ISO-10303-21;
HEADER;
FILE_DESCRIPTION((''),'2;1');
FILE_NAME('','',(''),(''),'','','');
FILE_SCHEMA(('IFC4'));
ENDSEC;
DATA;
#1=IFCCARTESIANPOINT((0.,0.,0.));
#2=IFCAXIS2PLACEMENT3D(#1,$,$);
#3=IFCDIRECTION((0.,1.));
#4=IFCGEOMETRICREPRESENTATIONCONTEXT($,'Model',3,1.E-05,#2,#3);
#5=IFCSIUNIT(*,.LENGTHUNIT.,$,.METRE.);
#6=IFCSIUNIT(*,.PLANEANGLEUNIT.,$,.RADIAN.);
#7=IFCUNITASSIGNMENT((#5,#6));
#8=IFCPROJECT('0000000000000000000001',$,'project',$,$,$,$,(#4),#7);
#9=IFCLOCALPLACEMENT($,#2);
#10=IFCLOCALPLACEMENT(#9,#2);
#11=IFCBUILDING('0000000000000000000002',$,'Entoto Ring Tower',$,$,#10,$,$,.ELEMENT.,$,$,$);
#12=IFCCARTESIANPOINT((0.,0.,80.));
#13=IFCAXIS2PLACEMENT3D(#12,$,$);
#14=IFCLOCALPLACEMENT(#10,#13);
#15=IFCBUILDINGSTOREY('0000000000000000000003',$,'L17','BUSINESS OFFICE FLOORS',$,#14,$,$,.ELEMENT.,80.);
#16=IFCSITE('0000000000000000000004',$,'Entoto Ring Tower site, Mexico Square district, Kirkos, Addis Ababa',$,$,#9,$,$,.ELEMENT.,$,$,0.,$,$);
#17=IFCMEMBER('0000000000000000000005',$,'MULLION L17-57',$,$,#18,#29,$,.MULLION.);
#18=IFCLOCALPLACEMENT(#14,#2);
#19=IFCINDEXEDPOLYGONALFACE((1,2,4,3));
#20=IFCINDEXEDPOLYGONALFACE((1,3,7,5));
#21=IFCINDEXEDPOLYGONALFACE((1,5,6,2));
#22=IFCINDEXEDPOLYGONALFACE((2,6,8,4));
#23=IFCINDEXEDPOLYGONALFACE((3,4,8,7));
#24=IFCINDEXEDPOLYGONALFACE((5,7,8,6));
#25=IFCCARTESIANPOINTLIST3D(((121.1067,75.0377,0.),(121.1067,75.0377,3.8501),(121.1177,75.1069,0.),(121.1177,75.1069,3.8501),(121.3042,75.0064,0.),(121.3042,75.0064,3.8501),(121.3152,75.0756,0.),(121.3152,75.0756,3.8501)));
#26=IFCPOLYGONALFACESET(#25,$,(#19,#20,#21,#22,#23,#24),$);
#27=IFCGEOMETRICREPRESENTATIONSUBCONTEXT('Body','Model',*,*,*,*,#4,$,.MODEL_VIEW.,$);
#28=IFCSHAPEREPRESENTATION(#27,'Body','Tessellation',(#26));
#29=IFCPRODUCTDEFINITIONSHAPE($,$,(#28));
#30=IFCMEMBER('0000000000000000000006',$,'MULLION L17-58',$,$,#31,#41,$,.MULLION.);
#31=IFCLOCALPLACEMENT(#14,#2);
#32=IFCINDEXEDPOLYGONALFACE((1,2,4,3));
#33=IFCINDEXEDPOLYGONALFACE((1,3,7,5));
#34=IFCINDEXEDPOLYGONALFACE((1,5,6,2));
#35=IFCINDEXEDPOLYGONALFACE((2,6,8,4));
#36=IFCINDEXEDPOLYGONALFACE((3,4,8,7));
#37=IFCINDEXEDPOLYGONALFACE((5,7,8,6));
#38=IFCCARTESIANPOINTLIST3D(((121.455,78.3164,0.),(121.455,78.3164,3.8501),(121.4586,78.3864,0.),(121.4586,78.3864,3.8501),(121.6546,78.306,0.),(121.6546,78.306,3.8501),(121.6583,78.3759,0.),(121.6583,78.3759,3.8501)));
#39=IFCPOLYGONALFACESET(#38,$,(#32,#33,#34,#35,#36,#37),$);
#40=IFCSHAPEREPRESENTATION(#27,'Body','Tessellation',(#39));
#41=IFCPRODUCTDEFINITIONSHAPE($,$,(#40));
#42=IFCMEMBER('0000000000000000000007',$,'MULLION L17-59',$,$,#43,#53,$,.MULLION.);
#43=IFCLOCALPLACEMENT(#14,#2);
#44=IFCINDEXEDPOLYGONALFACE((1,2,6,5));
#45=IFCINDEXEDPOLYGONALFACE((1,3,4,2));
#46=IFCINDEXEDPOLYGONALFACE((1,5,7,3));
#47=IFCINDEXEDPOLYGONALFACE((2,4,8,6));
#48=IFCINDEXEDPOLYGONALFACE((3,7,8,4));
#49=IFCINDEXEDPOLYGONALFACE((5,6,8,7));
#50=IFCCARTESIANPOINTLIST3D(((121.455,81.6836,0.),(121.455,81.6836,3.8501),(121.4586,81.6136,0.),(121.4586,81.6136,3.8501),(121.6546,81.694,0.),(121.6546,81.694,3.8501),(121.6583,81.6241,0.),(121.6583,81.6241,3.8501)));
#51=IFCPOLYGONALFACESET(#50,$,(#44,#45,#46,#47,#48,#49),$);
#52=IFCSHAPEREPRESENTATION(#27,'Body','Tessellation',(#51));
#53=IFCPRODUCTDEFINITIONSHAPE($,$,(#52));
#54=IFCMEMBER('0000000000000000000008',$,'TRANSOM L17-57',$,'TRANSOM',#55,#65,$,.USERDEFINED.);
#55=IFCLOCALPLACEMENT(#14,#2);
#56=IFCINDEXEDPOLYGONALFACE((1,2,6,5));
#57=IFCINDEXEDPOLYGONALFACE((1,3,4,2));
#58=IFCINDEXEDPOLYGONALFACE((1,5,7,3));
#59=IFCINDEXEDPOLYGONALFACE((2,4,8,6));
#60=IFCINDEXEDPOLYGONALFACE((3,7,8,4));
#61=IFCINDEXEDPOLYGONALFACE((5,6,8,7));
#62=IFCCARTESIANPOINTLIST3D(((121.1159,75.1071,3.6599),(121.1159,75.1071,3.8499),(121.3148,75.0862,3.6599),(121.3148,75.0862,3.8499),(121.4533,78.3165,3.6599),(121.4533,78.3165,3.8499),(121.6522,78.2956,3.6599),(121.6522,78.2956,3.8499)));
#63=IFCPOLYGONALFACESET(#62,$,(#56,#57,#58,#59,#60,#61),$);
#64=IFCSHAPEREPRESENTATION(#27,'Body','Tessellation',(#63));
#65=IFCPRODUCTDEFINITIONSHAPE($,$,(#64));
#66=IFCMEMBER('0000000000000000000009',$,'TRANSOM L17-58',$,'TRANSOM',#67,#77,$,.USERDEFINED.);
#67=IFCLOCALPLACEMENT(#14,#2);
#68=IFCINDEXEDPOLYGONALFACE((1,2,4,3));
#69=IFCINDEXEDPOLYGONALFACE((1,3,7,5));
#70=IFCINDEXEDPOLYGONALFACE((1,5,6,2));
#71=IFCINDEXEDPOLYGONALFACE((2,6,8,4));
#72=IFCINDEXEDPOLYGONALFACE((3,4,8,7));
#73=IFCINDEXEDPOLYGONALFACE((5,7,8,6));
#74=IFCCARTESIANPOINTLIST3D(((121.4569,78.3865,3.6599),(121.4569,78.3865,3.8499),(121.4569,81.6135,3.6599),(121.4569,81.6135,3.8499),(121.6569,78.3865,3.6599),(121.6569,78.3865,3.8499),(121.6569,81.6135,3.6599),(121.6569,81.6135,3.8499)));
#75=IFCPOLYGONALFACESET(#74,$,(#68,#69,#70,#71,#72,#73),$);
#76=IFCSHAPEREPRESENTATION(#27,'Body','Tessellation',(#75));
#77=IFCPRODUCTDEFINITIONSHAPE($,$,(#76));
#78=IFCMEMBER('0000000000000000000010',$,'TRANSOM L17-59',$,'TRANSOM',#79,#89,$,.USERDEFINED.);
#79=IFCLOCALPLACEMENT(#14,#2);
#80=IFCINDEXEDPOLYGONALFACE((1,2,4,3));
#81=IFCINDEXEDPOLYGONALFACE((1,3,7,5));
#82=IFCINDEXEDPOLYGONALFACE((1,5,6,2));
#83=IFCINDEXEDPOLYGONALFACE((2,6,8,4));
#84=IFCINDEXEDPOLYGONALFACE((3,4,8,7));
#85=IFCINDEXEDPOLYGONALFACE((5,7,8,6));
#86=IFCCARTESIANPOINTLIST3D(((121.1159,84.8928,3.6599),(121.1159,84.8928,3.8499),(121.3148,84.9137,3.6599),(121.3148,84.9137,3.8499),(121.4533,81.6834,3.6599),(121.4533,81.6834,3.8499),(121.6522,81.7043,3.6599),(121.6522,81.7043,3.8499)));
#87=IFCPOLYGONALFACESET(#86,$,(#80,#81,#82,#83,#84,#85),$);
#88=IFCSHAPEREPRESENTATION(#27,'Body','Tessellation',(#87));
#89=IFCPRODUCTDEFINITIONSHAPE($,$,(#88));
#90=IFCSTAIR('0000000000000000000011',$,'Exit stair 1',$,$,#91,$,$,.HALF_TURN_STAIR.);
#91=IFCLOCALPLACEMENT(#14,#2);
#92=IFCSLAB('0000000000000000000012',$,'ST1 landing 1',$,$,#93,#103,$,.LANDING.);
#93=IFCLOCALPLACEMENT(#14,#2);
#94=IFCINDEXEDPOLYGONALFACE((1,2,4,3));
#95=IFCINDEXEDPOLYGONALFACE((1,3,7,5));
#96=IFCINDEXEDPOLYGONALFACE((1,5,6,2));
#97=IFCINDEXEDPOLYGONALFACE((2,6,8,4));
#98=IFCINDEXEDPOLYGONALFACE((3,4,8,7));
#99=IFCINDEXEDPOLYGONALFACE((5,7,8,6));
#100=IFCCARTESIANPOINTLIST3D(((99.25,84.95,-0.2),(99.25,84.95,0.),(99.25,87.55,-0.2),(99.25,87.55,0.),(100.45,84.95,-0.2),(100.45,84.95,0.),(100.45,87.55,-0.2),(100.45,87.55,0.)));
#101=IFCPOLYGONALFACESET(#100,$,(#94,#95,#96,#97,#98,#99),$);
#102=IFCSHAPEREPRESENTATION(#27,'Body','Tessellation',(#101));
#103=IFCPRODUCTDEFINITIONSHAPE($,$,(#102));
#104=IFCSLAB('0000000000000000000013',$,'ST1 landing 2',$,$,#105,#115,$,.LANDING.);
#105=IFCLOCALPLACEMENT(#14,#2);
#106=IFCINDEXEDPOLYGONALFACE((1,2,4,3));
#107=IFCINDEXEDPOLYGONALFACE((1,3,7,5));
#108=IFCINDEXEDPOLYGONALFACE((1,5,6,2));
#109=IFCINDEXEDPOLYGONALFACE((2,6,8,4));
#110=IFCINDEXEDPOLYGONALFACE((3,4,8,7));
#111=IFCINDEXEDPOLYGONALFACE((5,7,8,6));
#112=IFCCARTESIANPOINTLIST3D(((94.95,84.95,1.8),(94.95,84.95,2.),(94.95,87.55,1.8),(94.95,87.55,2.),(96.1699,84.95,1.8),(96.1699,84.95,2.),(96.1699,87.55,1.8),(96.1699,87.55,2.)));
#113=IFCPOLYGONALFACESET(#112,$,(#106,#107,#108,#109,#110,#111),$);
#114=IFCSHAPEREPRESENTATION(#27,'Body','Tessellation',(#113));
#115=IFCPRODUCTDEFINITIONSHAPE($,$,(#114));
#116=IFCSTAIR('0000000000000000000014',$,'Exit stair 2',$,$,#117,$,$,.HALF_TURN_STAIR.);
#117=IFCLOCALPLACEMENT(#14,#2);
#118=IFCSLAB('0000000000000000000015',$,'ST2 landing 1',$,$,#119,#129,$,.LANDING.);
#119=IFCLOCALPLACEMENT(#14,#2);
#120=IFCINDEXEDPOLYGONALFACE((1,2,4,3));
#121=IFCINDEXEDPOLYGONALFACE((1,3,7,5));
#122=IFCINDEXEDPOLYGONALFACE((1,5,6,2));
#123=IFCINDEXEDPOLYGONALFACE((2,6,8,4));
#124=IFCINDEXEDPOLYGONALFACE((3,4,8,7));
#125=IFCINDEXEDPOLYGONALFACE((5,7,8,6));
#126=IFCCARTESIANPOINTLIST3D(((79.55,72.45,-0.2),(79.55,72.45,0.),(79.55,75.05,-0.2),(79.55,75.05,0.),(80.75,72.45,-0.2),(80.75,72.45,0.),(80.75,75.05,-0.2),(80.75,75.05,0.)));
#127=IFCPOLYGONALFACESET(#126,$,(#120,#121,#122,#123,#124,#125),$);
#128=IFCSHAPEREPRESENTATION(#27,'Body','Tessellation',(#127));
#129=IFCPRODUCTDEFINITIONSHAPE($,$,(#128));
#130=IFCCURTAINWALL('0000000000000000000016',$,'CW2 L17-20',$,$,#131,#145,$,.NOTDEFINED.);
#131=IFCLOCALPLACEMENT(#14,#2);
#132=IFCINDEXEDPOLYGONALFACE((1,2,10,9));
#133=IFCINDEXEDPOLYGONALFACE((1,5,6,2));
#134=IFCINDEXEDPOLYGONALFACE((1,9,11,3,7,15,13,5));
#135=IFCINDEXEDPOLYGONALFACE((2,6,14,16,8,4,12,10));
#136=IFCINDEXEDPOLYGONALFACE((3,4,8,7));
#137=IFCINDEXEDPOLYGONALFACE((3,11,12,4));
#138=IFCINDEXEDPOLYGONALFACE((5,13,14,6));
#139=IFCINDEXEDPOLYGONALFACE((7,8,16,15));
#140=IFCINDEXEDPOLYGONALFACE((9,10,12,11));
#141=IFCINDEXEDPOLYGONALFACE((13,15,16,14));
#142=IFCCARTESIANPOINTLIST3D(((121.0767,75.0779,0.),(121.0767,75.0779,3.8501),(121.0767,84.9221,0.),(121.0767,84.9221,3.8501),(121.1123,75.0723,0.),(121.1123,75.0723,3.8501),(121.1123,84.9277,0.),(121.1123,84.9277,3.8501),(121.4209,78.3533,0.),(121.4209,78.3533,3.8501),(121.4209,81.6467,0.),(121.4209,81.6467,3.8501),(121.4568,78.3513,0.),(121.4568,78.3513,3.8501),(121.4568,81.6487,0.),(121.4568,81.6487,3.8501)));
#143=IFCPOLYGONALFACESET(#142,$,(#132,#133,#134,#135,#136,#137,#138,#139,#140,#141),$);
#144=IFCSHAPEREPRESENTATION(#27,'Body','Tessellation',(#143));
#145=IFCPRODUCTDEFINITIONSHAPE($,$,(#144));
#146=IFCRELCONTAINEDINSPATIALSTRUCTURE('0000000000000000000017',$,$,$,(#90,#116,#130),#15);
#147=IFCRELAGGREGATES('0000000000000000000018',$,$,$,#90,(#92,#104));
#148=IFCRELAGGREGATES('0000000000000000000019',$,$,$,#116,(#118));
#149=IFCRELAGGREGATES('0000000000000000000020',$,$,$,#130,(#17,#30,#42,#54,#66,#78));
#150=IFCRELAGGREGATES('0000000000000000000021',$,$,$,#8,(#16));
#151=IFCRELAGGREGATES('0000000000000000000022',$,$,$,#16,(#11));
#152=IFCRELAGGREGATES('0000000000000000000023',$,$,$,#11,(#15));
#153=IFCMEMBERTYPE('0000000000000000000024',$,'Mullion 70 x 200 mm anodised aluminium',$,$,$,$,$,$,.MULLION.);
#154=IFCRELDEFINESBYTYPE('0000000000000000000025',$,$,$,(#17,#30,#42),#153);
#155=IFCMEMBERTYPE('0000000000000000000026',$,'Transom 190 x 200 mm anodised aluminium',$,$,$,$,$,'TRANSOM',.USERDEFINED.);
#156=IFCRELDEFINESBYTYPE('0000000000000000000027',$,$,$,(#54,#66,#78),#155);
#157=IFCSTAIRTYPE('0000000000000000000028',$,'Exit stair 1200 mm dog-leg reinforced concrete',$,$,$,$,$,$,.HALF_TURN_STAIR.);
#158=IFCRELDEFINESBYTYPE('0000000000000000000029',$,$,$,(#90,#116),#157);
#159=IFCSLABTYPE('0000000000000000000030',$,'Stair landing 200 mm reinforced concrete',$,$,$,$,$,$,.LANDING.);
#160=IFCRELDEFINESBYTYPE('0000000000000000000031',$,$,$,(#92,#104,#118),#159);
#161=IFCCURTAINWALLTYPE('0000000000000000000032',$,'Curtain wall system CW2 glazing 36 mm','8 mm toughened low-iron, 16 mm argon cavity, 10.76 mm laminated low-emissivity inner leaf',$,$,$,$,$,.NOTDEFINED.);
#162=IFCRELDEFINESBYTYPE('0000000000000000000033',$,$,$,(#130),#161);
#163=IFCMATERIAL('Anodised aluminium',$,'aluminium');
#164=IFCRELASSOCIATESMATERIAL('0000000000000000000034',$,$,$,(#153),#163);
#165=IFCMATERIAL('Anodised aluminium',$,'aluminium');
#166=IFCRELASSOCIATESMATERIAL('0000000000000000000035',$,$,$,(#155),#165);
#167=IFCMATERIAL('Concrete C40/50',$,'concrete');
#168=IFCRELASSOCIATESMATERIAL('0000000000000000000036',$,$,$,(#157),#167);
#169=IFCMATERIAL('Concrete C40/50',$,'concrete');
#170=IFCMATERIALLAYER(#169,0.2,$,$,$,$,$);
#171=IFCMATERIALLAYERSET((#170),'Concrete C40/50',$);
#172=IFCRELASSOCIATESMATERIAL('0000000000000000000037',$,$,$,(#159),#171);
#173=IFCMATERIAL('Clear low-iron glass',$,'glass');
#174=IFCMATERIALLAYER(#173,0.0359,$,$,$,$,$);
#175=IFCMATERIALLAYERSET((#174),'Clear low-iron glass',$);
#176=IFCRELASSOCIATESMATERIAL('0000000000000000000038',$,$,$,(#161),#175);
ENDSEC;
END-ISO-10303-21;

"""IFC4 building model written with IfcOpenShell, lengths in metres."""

from ifc_helpers import new_model, si_unit, direction, frame, origin, origin_2d, place, context, subcontext, project, spatial, polyline, rectangle, outline, extrude, material, layer, layer_set, material_profile, profile_set, type_object, element, aggregate, save


model = new_model("IFC4")

# Units and contexts
model_context = context("Model", 3, precision=1e-05, world=origin(), true_north=direction((0.0, 1.0)))
body_context = subcontext(model_context, "Body", "Model", "MODEL_VIEW")
ifc_project = project(units=[si_unit("LENGTHUNIT", "METRE"), si_unit("PLANEANGLEUNIT", "RADIAN")], contexts=[model_context])

# Members
ifc_material_1 = material(Name="Anodised aluminium", Category="aluminium")
ifc_material_profile_1 = material_profile(ifc_material_1, rectangle(XDim=0.0701, YDim=0.2, at=origin_2d()), Name="Mullion 70 x 200 mm anodised aluminium")
ifc_profile_set_1 = profile_set([ifc_material_profile_1], Name="Anodised aluminium")
member_type_1 = type_object("IfcMemberType", Name="Mullion 70 x 200 mm anodised aluminium", PredefinedType="MULLION", material=ifc_profile_set_1)
site_placement = place(None, origin())
building_placement = place(site_placement, origin())
storey_placement = place(building_placement, frame((0.0, 0.0, 80.0)))
member_1_placement = place(storey_placement, frame((121.2109, 75.0566, 0.0), z_axis=(0.0, 0.0, 1.0), x_axis=(0.156434, 0.987688, 0.0)))
member_1 = element("IfcMember", 1, at=member_1_placement, type_object=member_type_1, Name="MULLION L17-57", PredefinedType="MULLION", context=body_context, shape_type="SweptSolid", body=[
    extrude(rectangle(XDim=0.0701, YDim=0.2, at=origin_2d()), origin(), (0.0, 0.0, 1.0), 3.8501),
])
member_2_placement = place(storey_placement, frame((121.5566, 78.3462, 0.0), z_axis=(0.0, 0.0, 1.0), x_axis=(0.052336, 0.99863, 0.0)))
member_2 = element("IfcMember", 2, at=member_2_placement, type_object=member_type_1, Name="MULLION L17-58", PredefinedType="MULLION", context=body_context, shape_type="SweptSolid", body=[
    extrude(rectangle(XDim=0.0701, YDim=0.2, at=origin_2d()), origin(), (0.0, 0.0, 1.0), 3.8501),
])
member_3_placement = place(storey_placement, frame((121.5566, 81.6538, 0.0), z_axis=(0.0, 0.0, 1.0), x_axis=(-0.052336, 0.99863, 0.0)))
member_3 = element("IfcMember", 3, at=member_3_placement, type_object=member_type_1, Name="MULLION L17-59", PredefinedType="MULLION", context=body_context, shape_type="SweptSolid", body=[
    extrude(rectangle(XDim=0.0701, YDim=0.2, at=origin_2d()), origin(), (0.0, 0.0, 1.0), 3.8501),
])
ifc_material_2 = material(Name="Anodised aluminium", Category="aluminium")
ifc_material_profile_2 = material_profile(ifc_material_2, rectangle(XDim=0.2, YDim=0.1899, at=origin_2d()), Name="Transom 190 x 200 mm anodised aluminium")
ifc_profile_set_2 = profile_set([ifc_material_profile_2], Name="Anodised aluminium")
member_type_2 = type_object("IfcMemberType", Name="Transom 190 x 200 mm anodised aluminium", ElementType="TRANSOM", PredefinedType="USERDEFINED", material=ifc_profile_set_2)
member_4_placement = place(storey_placement, frame((121.2153, 75.0967, 3.7549), z_axis=(0.104551, 0.99452, 0.0), x_axis=(-0.99452, 0.104551, 0.0)))
member_4 = element("IfcMember", 4, at=member_4_placement, type_object=member_type_2, Name="TRANSOM L17-57", ObjectType="TRANSOM", PredefinedType="USERDEFINED", context=body_context, shape_type="SweptSolid", body=[
    extrude(rectangle(XDim=0.2, YDim=0.1899, at=origin_2d()), origin(), (0.0, 0.0, 1.0), 3.2271),
])
member_5_placement = place(storey_placement, frame((121.5569, 78.3865, 3.7549), z_axis=(0.0, 1.0, 0.0), x_axis=(-1.0, 0.0, 0.0)))
member_5 = element("IfcMember", 5, at=member_5_placement, type_object=member_type_2, Name="TRANSOM L17-58", ObjectType="TRANSOM", PredefinedType="USERDEFINED", context=body_context, shape_type="SweptSolid", body=[
    extrude(rectangle(XDim=0.2, YDim=0.1899, at=origin_2d()), origin(), (0.0, 0.0, 1.0), 3.2271),
])
member_6_placement = place(storey_placement, frame((121.5527, 81.6938, 3.7549), z_axis=(-0.104551, 0.99452, 0.0), x_axis=(-0.99452, -0.104551, 0.0)))
member_6 = element("IfcMember", 6, at=member_6_placement, type_object=member_type_2, Name="TRANSOM L17-59", ObjectType="TRANSOM", PredefinedType="USERDEFINED", context=body_context, shape_type="SweptSolid", body=[
    extrude(rectangle(XDim=0.2, YDim=0.1899, at=origin_2d()), origin(), (0.0, 0.0, 1.0), 3.2271),
])

# Site, building, storey
site = spatial("IfcSite", under=ifc_project, at=site_placement, Name="Entoto Ring Tower site, Mexico Square district, Kirkos, Addis Ababa", CompositionType="ELEMENT", RefElevation=0.0)
building = spatial("IfcBuilding", under=site, at=building_placement, Name="Entoto Ring Tower", CompositionType="ELEMENT")
storey = spatial("IfcBuildingStorey", under=building, at=storey_placement, Name="L17", Description="BUSINESS OFFICE FLOORS", CompositionType="ELEMENT", Elevation=80.0)

# Stair, slabs
ifc_material_3 = material(Name="Concrete C40/50", Category="concrete")
stair_type = type_object("IfcStairType", Name="Exit stair 1200 mm dog-leg reinforced concrete", PredefinedType="HALF_TURN_STAIR", material=ifc_material_3)
stair_1_placement = place(storey_placement, origin())
stair_1 = element("IfcStair", 7, at=stair_1_placement, inside=storey, type_object=stair_type, Name="Exit stair 1", PredefinedType="HALF_TURN_STAIR")
ifc_material_4 = material(Name="Concrete C40/50", Category="concrete")
ifc_layer_1 = layer(ifc_material_4, 0.2)
ifc_layer_set_1 = layer_set([ifc_layer_1], Name="Concrete C40/50")
slab_type = type_object("IfcSlabType", Name="Stair landing 200 mm reinforced concrete", PredefinedType="LANDING", material=ifc_layer_set_1)
slab_1_placement = place(storey_placement, frame((0.0, 0.0, -0.2)))
slab_1 = element("IfcSlab", 8, at=slab_1_placement, type_object=slab_type, Name="ST1 landing 1", PredefinedType="LANDING", context=body_context, shape_type="SweptSolid", body=[
    extrude(outline(polyline([(100.45, 84.95), (100.45, 87.55), (99.25, 87.55), (99.25, 84.95), (100.45, 84.95)])), origin(), (0.0, 0.0, 1.0), 0.2),
])
slab_2_placement = place(storey_placement, frame((0.0, 0.0, 1.8)))
slab_2 = element("IfcSlab", 9, at=slab_2_placement, type_object=slab_type, Name="ST1 landing 2", PredefinedType="LANDING", context=body_context, shape_type="SweptSolid", body=[
    extrude(outline(polyline([(94.95, 84.95), (96.1699, 84.95), (96.1699, 87.55), (94.95, 87.55), (94.95, 84.95)])), origin(), (0.0, 0.0, 1.0), 0.2),
])
aggregate(stair_1, [slab_1, slab_2])

# Stair, slab
stair_2_placement = place(storey_placement, origin())
stair_2 = element("IfcStair", 10, at=stair_2_placement, inside=storey, type_object=stair_type, Name="Exit stair 2", PredefinedType="HALF_TURN_STAIR")
slab_3_placement = place(storey_placement, frame((0.0, 0.0, -0.2)))
slab_3 = element("IfcSlab", 11, at=slab_3_placement, type_object=slab_type, Name="ST2 landing 1", PredefinedType="LANDING", context=body_context, shape_type="SweptSolid", body=[
    extrude(outline(polyline([(80.75, 72.45), (80.75, 75.05), (79.55, 75.05), (79.55, 72.45), (80.75, 72.45)])), origin(), (0.0, 0.0, 1.0), 0.2),
])
aggregate(stair_2, [slab_3])

# Curtain wall
ifc_material_5 = material(Name="Clear low-iron glass", Category="glass")
ifc_layer_2 = layer(ifc_material_5, 0.0359)
ifc_layer_set_2 = layer_set([ifc_layer_2], Name="Clear low-iron glass")
curtain_wall_type = type_object("IfcCurtainWallType", Name="Curtain wall system CW2 glazing 36 mm", Description="8 mm toughened low-iron, 16 mm argon cavity, 10.76 mm laminated low-emissivity inner leaf", PredefinedType="NOTDEFINED", material=ifc_layer_set_2)
curtain_wall_1_placement = place(storey_placement, origin())
curtain_wall_1 = element("IfcCurtainWall", 12, at=curtain_wall_1_placement, inside=storey, type_object=curtain_wall_type, Name="CW2 L17-20", PredefinedType="NOTDEFINED", context=body_context, shape_type="SweptSolid", body=[
    extrude(outline(polyline([(121.1123, 75.0723), (121.4568, 78.3513), (121.4568, 81.6487), (121.1123, 84.9277), (121.0767, 84.9221), (121.4209, 81.6467), (121.4209, 78.3533), (121.0767, 75.0779), (121.1123, 75.0723)])), origin(), (0.0, 0.0, 1.0), 3.8501),
])
aggregate(curtain_wall_1, [member_1, member_2, member_3, member_4, member_5, member_6])

save(model, "model.ifc")
